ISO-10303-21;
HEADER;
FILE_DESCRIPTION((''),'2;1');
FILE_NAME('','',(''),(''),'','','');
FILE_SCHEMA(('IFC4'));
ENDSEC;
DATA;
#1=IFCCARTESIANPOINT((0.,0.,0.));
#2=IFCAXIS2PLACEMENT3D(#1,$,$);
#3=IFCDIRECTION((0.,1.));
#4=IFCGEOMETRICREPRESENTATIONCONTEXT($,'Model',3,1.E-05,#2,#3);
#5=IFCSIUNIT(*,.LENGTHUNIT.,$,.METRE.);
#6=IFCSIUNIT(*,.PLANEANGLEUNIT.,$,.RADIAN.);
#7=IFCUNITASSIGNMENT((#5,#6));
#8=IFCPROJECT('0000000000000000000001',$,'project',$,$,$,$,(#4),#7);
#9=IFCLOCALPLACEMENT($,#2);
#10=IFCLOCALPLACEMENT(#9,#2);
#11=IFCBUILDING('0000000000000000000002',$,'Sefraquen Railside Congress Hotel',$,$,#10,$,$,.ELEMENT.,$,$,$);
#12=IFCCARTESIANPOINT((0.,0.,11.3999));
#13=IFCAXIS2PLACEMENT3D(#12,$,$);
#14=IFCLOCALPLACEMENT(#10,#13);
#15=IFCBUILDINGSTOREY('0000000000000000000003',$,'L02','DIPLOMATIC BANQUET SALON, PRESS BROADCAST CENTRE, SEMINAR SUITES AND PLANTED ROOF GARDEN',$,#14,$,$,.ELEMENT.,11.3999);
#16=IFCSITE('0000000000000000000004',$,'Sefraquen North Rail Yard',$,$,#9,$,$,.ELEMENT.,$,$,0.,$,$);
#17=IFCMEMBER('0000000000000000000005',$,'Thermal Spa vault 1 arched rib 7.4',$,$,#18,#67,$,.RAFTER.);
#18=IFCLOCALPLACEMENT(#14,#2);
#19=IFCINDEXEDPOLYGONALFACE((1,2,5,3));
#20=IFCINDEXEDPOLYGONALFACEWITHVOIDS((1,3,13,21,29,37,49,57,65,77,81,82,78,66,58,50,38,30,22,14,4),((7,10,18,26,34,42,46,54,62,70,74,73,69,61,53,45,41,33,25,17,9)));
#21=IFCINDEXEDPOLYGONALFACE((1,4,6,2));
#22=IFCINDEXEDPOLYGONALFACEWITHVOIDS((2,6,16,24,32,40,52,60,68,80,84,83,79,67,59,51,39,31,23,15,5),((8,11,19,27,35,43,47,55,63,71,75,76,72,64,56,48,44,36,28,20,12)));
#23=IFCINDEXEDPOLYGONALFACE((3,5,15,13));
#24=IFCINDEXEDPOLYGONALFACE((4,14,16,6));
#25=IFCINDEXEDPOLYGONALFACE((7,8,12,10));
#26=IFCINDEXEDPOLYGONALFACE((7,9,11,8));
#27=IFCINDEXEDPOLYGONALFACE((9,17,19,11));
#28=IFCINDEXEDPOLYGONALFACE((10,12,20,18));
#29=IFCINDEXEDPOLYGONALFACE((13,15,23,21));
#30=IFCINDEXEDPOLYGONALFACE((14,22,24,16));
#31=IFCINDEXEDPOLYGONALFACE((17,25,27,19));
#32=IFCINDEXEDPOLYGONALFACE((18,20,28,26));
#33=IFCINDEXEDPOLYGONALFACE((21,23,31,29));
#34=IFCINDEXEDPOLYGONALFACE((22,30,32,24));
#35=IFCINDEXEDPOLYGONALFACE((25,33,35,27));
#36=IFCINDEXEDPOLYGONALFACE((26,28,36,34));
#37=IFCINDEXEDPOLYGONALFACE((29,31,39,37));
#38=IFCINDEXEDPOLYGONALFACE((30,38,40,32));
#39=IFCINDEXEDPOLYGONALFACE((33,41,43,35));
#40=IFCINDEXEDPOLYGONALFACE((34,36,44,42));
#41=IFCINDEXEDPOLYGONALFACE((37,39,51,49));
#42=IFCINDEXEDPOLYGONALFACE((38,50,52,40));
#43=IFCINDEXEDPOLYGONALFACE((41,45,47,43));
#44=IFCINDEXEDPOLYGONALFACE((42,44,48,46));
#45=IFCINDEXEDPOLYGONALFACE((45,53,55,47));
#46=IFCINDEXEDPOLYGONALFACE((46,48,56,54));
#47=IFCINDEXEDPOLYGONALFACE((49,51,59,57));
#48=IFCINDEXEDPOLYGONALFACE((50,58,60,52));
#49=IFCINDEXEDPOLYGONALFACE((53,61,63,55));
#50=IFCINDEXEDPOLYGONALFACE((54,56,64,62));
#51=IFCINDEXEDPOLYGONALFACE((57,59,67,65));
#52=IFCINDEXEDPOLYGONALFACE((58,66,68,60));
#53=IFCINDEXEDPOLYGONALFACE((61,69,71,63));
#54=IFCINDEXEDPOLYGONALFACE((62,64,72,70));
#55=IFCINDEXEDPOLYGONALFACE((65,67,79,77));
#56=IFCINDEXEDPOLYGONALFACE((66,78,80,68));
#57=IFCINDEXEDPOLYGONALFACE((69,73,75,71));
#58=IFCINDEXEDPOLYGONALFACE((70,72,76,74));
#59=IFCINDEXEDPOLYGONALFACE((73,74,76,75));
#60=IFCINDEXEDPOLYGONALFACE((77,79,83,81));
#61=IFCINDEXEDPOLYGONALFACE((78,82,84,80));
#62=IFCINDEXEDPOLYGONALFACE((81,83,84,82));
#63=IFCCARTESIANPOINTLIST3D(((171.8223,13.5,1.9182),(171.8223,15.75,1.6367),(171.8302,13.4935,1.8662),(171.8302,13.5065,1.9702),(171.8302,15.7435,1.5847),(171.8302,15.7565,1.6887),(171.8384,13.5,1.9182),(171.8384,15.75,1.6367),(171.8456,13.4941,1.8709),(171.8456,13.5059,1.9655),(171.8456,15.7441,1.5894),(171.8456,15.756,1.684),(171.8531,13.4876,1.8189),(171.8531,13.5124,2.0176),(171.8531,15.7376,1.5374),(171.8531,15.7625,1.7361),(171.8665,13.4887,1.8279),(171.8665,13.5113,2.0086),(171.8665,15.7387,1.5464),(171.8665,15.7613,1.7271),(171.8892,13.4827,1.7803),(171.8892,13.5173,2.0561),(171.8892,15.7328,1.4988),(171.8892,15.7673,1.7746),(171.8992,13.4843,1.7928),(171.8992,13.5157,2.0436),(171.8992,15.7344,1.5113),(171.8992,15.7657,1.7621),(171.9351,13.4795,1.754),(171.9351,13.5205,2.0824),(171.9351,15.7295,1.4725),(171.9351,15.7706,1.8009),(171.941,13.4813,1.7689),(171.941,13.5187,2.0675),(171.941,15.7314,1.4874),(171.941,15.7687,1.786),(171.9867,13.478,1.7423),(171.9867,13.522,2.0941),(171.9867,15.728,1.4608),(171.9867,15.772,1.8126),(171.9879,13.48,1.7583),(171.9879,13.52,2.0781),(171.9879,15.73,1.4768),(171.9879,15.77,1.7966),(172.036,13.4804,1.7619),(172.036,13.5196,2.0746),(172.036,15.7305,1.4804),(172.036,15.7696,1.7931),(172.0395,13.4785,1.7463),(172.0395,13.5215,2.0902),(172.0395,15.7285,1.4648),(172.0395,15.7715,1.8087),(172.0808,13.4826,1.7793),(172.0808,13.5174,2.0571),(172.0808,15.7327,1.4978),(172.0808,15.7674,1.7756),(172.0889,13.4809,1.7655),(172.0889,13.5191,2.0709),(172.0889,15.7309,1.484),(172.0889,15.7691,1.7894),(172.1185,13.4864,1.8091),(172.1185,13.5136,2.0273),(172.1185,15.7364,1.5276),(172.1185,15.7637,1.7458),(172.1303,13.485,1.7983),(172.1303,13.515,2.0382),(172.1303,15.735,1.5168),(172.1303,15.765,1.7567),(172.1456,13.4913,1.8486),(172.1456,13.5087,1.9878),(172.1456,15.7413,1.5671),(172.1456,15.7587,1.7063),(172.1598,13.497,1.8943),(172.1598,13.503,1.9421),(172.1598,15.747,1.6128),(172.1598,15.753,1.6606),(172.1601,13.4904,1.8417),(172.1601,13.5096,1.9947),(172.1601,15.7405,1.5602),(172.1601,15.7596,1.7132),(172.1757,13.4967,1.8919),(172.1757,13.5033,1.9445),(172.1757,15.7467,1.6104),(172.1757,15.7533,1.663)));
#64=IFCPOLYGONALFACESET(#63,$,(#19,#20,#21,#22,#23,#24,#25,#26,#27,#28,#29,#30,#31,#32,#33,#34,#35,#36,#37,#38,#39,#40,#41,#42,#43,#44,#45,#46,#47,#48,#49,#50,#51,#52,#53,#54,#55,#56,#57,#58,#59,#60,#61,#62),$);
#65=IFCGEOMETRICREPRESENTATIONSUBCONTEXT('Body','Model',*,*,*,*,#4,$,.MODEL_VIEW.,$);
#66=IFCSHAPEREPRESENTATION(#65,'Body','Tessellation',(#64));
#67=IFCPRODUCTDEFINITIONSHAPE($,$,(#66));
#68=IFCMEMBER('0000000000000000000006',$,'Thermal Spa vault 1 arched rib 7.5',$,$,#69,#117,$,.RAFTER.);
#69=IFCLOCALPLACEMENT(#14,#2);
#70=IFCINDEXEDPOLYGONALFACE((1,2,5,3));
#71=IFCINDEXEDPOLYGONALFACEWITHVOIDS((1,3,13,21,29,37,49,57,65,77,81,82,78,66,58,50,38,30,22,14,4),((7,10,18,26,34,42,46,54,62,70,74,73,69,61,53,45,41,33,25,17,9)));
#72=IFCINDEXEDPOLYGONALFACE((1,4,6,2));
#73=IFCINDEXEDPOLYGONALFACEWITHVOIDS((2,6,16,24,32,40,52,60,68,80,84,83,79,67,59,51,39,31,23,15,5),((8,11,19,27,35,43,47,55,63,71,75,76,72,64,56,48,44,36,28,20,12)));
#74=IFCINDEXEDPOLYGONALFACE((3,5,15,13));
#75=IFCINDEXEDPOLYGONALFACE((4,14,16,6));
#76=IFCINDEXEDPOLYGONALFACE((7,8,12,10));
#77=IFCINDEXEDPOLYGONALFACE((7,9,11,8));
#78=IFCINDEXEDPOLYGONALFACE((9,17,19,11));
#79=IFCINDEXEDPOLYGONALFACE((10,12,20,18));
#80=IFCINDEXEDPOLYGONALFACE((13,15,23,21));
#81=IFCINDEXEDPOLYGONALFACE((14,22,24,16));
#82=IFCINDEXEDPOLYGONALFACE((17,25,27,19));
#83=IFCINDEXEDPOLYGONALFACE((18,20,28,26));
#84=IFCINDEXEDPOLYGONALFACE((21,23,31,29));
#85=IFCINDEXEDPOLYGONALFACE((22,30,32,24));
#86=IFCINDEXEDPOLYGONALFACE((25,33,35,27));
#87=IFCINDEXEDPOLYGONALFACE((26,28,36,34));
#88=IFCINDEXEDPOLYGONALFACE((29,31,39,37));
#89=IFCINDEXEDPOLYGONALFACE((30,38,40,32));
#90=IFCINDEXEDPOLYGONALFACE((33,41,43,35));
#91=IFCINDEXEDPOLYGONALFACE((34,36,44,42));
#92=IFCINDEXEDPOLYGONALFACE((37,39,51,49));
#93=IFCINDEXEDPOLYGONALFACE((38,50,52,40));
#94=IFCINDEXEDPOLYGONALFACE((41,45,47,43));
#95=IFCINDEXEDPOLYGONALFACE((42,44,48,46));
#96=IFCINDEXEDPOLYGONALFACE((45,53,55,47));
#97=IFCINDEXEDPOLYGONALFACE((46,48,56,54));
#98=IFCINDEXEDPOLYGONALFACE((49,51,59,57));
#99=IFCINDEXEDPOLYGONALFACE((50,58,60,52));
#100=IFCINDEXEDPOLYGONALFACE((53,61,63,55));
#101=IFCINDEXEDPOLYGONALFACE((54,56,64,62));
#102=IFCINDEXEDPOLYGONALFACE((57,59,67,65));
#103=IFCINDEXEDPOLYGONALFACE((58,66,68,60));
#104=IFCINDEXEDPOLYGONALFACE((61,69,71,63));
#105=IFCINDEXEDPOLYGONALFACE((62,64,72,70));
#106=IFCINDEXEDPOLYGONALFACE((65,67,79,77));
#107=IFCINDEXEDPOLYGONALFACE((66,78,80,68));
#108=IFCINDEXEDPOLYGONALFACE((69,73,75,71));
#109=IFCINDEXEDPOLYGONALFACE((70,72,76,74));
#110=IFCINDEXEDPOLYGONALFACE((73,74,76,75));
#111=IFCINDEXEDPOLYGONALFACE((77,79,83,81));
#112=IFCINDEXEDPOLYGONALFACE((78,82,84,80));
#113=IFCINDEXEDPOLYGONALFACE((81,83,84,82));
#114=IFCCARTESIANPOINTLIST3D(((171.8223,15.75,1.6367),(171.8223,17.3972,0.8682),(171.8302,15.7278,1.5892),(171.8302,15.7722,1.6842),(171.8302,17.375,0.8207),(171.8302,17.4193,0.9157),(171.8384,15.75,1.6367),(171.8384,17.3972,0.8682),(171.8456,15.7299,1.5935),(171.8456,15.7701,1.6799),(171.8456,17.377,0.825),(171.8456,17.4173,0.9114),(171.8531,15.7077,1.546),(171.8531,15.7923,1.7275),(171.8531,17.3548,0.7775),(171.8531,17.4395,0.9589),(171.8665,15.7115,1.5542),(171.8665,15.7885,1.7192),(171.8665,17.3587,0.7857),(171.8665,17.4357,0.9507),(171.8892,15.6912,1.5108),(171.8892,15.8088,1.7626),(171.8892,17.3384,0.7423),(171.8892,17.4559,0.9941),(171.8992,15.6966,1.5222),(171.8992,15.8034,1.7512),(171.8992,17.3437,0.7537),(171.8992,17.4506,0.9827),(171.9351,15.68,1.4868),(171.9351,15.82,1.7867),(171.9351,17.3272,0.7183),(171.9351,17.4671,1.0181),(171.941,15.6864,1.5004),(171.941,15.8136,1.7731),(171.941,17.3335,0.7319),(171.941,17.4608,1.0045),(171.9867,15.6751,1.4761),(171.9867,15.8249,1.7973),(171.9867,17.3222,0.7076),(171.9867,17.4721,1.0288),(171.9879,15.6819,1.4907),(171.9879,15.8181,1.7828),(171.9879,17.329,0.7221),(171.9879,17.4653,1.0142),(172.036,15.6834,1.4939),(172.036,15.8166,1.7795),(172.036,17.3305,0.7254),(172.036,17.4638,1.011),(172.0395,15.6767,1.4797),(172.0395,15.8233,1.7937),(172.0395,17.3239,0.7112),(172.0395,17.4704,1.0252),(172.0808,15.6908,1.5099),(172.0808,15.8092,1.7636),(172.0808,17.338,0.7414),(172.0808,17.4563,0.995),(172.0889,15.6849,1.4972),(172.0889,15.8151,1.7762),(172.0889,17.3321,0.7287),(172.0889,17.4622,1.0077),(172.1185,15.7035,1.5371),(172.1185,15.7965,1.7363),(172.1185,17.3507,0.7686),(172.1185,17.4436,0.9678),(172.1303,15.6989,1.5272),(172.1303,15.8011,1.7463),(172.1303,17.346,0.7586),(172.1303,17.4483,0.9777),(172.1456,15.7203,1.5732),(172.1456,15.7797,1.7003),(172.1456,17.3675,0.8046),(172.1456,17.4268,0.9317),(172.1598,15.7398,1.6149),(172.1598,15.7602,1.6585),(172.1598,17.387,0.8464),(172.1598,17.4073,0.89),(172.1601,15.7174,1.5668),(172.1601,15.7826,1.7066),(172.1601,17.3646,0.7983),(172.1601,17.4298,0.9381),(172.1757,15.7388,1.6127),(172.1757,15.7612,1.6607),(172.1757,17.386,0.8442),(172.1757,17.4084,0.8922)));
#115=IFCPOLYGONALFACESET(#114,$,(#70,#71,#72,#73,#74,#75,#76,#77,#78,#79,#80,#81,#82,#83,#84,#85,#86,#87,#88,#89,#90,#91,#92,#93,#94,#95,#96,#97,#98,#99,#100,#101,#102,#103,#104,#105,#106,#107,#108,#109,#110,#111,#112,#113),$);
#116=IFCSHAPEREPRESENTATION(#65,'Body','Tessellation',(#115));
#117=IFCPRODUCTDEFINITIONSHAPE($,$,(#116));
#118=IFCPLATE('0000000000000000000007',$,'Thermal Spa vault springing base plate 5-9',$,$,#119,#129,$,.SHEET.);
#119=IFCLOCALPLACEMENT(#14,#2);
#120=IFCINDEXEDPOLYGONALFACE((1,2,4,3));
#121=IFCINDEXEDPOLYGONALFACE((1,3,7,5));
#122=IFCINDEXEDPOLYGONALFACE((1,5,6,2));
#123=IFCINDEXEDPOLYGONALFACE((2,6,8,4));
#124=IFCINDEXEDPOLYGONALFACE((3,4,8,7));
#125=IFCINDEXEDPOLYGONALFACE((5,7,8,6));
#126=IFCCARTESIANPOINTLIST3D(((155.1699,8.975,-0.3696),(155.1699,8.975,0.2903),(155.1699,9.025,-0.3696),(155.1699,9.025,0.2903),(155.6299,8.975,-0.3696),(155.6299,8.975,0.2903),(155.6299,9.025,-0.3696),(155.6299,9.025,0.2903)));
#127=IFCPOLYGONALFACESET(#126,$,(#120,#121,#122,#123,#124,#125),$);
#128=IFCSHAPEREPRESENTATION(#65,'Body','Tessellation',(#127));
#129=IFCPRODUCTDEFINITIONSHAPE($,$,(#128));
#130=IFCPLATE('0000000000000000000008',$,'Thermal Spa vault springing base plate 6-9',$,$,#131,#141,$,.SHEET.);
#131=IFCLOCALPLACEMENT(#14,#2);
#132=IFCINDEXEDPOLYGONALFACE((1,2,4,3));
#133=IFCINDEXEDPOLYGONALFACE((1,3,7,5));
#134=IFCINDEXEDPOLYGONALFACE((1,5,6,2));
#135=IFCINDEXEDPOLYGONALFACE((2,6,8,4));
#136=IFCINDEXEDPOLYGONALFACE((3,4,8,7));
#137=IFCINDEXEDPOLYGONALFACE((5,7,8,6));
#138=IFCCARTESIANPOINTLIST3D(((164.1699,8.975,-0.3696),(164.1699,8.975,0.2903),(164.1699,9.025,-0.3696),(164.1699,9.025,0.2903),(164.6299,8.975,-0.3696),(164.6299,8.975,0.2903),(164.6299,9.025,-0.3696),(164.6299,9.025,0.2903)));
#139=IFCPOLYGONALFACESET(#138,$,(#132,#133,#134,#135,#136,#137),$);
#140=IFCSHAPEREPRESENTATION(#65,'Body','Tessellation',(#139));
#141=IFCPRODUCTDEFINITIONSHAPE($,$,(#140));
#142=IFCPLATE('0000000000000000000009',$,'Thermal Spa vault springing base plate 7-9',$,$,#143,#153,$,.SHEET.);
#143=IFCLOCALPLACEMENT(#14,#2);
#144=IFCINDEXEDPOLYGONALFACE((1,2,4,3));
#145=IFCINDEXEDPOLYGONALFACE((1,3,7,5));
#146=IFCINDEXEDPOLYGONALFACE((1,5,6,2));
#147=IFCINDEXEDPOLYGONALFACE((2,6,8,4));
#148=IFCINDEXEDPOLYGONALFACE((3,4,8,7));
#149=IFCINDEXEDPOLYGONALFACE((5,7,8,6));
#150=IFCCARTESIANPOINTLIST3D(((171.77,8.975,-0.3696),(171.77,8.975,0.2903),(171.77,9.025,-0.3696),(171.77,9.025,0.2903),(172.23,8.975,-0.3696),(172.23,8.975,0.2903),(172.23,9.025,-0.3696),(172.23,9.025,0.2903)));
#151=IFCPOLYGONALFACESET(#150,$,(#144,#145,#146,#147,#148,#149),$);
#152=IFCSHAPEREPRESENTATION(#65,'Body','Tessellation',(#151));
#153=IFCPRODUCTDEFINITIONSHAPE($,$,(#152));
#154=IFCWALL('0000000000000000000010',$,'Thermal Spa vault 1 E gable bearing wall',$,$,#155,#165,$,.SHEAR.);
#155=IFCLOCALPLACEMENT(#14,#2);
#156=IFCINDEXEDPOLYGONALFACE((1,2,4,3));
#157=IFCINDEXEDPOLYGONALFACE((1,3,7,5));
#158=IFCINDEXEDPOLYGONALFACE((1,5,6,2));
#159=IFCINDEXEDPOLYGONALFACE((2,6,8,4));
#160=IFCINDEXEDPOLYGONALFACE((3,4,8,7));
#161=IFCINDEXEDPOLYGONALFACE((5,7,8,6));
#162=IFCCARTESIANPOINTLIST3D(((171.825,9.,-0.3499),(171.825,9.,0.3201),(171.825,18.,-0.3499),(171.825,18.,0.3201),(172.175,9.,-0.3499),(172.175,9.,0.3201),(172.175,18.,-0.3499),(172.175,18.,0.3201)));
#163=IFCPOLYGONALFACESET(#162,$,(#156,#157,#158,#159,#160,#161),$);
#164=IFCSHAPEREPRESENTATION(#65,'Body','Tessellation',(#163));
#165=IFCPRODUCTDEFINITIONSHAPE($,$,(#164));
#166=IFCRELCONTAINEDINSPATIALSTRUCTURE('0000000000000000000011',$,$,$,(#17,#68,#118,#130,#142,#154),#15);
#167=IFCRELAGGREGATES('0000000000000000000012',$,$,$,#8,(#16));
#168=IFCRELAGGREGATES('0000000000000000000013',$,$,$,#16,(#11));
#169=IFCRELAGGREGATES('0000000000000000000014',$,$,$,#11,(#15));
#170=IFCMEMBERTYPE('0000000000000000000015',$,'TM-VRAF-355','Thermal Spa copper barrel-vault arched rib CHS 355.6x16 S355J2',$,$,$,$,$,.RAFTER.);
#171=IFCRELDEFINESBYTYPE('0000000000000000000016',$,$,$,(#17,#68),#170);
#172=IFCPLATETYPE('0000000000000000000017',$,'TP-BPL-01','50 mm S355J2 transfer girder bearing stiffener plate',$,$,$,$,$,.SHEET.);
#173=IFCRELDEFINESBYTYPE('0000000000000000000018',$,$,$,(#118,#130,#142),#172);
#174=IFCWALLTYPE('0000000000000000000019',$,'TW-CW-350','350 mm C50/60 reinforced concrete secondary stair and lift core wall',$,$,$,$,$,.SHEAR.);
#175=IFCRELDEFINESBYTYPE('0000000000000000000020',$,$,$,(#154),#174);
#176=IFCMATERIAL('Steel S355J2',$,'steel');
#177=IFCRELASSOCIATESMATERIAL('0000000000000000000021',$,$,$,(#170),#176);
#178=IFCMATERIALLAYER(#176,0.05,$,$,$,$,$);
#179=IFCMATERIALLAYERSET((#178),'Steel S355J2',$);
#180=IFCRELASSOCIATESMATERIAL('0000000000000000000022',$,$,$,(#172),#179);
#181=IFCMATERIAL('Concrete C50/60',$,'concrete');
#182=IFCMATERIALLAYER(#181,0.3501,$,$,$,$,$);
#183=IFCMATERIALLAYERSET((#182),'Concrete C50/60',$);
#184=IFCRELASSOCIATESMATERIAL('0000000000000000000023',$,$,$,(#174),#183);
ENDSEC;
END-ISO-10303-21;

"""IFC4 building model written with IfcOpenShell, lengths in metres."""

from ifc_helpers import new_model, si_unit, direction, frame, frame_2d, origin, origin_2d, place, context, subcontext, project, spatial, rectangle, hollow_circle, extrude, material, layer, layer_set, material_profile, profile_set, type_object, element, save


model = new_model("IFC4")

# Units and contexts
model_context = context("Model", 3, precision=1e-05, world=origin(), true_north=direction((0.0, 1.0)))
body_context = subcontext(model_context, "Body", "Model", "MODEL_VIEW")
ifc_project = project(units=[si_unit("LENGTHUNIT", "METRE"), si_unit("PLANEANGLEUNIT", "RADIAN")], contexts=[model_context])

# Site, building, storey
site_placement = place(None, origin())
site = spatial("IfcSite", under=ifc_project, at=site_placement, Name="Sefraquen North Rail Yard", CompositionType="ELEMENT", RefElevation=0.0)
building_placement = place(site_placement, origin())
building = spatial("IfcBuilding", under=site, at=building_placement, Name="Sefraquen Railside Congress Hotel", CompositionType="ELEMENT")
storey_placement = place(building_placement, frame((0.0, 0.0, 11.3999)))
storey = spatial("IfcBuildingStorey", under=building, at=storey_placement, Name="L02", Description="DIPLOMATIC BANQUET SALON, PRESS BROADCAST CENTRE, SEMINAR SUITES AND PLANTED ROOF GARDEN", CompositionType="ELEMENT", Elevation=11.3999)

# Members
ifc_material_1 = material(Name="Steel S355J2", Category="steel")
ifc_material_profile_1 = material_profile(ifc_material_1, hollow_circle(Radius=0.1777, WallThickness=0.0161, at=origin_2d()), Name="CHS 355.6x16")
ifc_profile_set_1 = profile_set([ifc_material_profile_1], Name="Steel S355J2")
member_type = type_object("IfcMemberType", Name="TM-VRAF-355", Description="Thermal Spa copper barrel-vault arched rib CHS 355.6x16 S355J2", PredefinedType="RAFTER", material=ifc_profile_set_1)
for number, where, z_axis, x_axis, name in (
    (1, (172.0, 13.5, 1.9182), (0.0, 0.992265, -0.124141), (-1.0, 0.0, 0.0), "Thermal Spa vault 1 arched rib 7.4"),
):
    element("IfcMember", number, at=place(storey_placement, frame(where, z_axis=z_axis, x_axis=x_axis)), inside=storey, type_object=member_type, Name=name, PredefinedType="RAFTER", context=body_context, shape_type="SweptSolid", body=[
        extrude(hollow_circle(Radius=0.1777, WallThickness=0.0161, at=origin_2d()), origin(), (0.0, 0.0, 1.0), 2.2676),
    ])
member_1_placement = place(storey_placement, frame((172.0, 15.75, 1.6367), z_axis=(0.0, 0.906214, -0.422819), x_axis=(-1.0, 0.0, 0.0)))
element("IfcMember", 2, at=member_1_placement, inside=storey, type_object=member_type, Name="Thermal Spa vault 1 arched rib 7.5", PredefinedType="RAFTER", context=body_context, shape_type="SweptSolid", body=[
    extrude(hollow_circle(Radius=0.1777, WallThickness=0.0161, at=origin_2d()), origin(), (0.0, 0.0, 1.0), 1.8176),
])

# Plates
ifc_layer_1 = layer(ifc_material_1, 0.05)
ifc_layer_set_1 = layer_set([ifc_layer_1], Name="Steel S355J2")
plate_type = type_object("IfcPlateType", Name="TP-BPL-01", Description="50 mm S355J2 transfer girder bearing stiffener plate", PredefinedType="SHEET", material=ifc_layer_set_1)
for number, where, z_axis, x_axis, name in (
    (3, (155.3999, 9.0, -0.3696), (0.0, 0.0, 1.0), (1.0, 0.0, 0.0), "Thermal Spa vault springing base plate 5-9"),
    (4, (164.3999, 9.0, -0.3696), (0.0, 0.0, 1.0), (1.0, 0.0, 0.0), "Thermal Spa vault springing base plate 6-9"),
    (5, (172.0, 9.0, -0.3696), (0.0, 0.0, 1.0), (1.0, 0.0, 0.0), "Thermal Spa vault springing base plate 7-9"),
):
    element("IfcPlate", number, at=place(storey_placement, frame(where, z_axis=z_axis, x_axis=x_axis)), inside=storey, type_object=plate_type, Name=name, PredefinedType="SHEET", context=body_context, shape_type="SweptSolid", body=[
        extrude(rectangle(XDim=0.46, YDim=0.05, at=origin_2d()), origin(), (0.0, 0.0, 1.0), 0.6599),
    ])

# Wall
ifc_material_2 = material(Name="Concrete C50/60", Category="concrete")
ifc_layer_2 = layer(ifc_material_2, 0.3501)
ifc_layer_set_2 = layer_set([ifc_layer_2], Name="Concrete C50/60")
wall_type = type_object("IfcWallType", Name="TW-CW-350", Description="350 mm C50/60 reinforced concrete secondary stair and lift core wall", PredefinedType="SHEAR", material=ifc_layer_set_2)
wall_placement = place(storey_placement, frame((172.0, 9.0, -0.3499), z_axis=(0.0, 0.0, 1.0), x_axis=(0.0, 1.0, 0.0)))
element("IfcWall", 6, at=wall_placement, inside=storey, type_object=wall_type, Name="Thermal Spa vault 1 E gable bearing wall", PredefinedType="SHEAR", context=body_context, shape_type="SweptSolid", body=[
    extrude(rectangle(XDim=9.0, YDim=0.3501, at=frame_2d((4.5, 0.0))), origin(), (0.0, 0.0, 1.0), 0.6699),
])

save(model, "model.ifc")
